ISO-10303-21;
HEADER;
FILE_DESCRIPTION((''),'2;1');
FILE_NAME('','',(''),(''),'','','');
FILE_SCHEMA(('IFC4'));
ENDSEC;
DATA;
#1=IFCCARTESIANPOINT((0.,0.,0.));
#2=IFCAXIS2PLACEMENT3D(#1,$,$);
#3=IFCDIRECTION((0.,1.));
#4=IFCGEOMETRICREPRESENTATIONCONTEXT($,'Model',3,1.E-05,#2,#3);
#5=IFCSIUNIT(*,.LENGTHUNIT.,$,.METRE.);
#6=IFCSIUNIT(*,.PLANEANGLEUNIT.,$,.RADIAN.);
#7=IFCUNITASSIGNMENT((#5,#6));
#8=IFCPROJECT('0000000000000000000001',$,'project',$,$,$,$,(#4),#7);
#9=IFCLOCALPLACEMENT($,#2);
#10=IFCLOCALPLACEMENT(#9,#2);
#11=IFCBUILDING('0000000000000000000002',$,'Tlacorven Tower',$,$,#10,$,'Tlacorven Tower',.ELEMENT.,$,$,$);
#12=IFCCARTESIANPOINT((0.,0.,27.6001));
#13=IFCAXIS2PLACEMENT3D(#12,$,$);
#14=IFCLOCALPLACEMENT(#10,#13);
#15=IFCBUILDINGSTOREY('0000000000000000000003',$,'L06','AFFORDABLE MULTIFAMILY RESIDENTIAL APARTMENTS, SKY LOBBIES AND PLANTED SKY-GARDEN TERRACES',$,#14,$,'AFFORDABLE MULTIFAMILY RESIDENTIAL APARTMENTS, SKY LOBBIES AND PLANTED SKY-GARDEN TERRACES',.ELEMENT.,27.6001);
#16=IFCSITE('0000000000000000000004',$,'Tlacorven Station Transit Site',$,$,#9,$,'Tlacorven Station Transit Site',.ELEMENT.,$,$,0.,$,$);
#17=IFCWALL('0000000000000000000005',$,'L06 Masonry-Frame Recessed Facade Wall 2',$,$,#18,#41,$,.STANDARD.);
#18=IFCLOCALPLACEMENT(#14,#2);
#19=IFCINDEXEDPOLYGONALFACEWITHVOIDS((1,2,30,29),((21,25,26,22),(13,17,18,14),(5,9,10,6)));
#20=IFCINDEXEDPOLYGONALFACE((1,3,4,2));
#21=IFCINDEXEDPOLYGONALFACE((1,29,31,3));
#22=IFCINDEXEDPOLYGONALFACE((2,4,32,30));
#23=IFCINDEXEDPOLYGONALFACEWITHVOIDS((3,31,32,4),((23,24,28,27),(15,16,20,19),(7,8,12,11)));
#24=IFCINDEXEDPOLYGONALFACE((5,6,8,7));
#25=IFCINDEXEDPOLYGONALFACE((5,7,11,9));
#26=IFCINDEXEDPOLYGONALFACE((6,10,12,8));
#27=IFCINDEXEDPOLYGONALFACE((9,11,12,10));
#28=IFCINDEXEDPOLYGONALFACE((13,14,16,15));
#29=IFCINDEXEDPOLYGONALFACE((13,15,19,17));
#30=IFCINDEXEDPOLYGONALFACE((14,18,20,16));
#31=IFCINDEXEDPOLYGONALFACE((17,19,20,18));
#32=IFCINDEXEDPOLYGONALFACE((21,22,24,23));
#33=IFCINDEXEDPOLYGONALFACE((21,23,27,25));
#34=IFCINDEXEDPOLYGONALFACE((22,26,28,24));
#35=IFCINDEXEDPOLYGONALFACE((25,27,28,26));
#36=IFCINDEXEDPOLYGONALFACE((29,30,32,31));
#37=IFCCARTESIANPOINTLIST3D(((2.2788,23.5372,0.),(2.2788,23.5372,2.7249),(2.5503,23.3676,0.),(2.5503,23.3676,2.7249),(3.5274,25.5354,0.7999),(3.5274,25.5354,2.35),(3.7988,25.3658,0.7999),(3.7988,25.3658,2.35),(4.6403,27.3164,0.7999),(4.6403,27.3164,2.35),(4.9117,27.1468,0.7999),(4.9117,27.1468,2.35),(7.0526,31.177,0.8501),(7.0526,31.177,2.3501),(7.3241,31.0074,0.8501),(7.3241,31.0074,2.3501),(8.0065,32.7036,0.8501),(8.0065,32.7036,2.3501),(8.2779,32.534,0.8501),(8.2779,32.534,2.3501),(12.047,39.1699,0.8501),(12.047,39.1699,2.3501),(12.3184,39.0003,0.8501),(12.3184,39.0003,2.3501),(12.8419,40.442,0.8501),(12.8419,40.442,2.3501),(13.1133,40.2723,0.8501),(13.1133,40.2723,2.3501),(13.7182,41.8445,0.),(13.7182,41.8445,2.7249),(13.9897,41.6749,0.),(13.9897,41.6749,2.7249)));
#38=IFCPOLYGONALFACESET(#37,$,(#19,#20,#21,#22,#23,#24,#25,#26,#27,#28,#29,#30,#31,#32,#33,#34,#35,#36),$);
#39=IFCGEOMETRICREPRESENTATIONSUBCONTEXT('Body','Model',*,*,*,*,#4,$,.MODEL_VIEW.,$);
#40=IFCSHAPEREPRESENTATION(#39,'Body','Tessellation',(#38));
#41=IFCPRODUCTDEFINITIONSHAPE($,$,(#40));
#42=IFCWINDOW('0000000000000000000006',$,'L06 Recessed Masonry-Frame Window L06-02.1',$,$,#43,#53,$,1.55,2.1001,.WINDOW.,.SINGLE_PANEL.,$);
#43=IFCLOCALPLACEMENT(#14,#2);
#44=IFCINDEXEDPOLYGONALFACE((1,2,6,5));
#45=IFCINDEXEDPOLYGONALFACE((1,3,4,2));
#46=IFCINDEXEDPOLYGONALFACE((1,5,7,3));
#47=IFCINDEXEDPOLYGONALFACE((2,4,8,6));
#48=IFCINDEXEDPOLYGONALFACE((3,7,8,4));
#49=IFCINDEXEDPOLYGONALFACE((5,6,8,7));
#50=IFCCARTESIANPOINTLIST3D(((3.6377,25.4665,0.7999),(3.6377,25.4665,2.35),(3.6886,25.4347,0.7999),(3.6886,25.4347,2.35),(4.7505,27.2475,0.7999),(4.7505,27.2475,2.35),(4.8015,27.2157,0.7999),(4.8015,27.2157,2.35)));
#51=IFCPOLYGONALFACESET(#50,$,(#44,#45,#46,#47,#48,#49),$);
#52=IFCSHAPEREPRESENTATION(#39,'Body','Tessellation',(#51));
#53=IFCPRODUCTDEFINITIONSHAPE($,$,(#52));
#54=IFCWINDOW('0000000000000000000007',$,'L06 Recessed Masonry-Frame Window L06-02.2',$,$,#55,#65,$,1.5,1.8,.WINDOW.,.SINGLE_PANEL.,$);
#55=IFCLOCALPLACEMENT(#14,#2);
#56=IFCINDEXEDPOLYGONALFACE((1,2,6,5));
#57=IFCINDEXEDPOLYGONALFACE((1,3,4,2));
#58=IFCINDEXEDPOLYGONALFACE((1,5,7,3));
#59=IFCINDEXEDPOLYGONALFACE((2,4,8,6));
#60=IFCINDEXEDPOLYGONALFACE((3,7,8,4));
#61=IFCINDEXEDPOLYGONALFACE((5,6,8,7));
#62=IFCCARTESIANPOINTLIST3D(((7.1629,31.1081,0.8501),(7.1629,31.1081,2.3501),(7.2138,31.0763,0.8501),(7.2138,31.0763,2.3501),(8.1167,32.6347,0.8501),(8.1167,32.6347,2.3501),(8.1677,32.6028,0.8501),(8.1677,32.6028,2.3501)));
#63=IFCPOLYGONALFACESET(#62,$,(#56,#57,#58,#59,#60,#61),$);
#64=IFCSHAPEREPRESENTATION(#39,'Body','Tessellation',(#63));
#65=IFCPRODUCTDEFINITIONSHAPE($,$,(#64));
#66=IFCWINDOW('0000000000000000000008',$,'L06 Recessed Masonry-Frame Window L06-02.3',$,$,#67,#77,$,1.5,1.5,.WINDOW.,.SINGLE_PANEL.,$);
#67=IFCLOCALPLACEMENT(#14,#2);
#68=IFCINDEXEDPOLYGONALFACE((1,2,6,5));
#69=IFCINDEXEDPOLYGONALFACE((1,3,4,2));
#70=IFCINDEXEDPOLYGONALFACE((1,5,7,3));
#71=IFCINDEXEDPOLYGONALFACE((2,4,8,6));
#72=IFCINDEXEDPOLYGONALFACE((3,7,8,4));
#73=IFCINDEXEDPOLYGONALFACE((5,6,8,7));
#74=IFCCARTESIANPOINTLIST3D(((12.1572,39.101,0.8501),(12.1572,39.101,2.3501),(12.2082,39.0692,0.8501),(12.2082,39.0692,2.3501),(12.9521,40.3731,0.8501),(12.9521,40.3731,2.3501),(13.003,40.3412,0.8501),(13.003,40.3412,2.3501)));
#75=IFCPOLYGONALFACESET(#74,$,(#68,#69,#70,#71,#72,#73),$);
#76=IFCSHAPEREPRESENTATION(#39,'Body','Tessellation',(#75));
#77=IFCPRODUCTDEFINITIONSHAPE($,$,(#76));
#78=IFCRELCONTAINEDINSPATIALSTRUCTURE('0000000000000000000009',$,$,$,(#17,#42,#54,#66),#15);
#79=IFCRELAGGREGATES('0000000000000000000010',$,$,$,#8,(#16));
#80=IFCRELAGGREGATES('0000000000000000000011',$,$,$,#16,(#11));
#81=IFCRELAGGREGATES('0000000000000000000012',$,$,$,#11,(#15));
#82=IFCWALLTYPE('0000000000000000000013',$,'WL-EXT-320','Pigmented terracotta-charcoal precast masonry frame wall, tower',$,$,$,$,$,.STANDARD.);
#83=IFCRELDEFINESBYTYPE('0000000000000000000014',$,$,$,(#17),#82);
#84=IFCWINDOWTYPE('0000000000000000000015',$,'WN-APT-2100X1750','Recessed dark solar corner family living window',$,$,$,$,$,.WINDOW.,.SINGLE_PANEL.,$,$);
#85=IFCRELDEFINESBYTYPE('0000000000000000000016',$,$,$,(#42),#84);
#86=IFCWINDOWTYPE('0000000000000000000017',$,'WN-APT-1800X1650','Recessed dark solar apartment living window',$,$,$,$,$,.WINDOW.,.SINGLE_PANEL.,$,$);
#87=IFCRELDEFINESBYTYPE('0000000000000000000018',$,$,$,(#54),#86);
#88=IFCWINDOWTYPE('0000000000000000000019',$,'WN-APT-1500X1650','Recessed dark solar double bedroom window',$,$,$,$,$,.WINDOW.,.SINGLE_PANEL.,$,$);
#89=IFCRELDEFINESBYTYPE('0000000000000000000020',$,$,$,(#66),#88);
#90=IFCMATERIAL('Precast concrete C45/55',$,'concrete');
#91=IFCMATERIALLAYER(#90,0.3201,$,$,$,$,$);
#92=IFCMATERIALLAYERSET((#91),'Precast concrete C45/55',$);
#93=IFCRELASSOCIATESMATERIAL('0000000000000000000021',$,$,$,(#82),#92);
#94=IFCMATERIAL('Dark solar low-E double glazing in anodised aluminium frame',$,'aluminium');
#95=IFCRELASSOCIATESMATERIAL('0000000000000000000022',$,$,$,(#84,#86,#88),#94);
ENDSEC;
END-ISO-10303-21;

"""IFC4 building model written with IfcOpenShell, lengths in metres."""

from ifc_helpers import new_model, si_unit, direction, frame, frame_2d, origin, place, context, subcontext, project, spatial, rectangle, extrude, source, transform, mapped, material, layer, layer_set, type_object, element, fill, save


model = new_model("IFC4")

# Units and contexts
model_context = context("Model", 3, precision=1e-05, world=origin(), true_north=direction((0.0, 1.0)))
body_context = subcontext(model_context, "Body", "Model", "MODEL_VIEW")
ifc_project = project(units=[si_unit("LENGTHUNIT", "METRE"), si_unit("PLANEANGLEUNIT", "RADIAN")], contexts=[model_context])

# Site, building, storey
site_placement = place(None, origin())
site = spatial("IfcSite", under=ifc_project, at=site_placement, Name="Tlacorven Station Transit Site", LongName="Tlacorven Station Transit Site", CompositionType="ELEMENT", RefElevation=0.0)
building_placement = place(site_placement, origin())
building = spatial("IfcBuilding", under=site, at=building_placement, Name="Tlacorven Tower", LongName="Tlacorven Tower", CompositionType="ELEMENT")
storey_placement = place(building_placement, frame((0.0, 0.0, 27.6001)))
storey = spatial("IfcBuildingStorey", under=building, at=storey_placement, Name="L06", Description="AFFORDABLE MULTIFAMILY RESIDENTIAL APARTMENTS, SKY LOBBIES AND PLANTED SKY-GARDEN TERRACES", LongName="AFFORDABLE MULTIFAMILY RESIDENTIAL APARTMENTS, SKY LOBBIES AND PLANTED SKY-GARDEN TERRACES", CompositionType="ELEMENT", Elevation=27.6001)

# Wall, openings, windows
ifc_material_1 = material(Name="Precast concrete C45/55", Category="concrete")
ifc_layer_1 = layer(ifc_material_1, 0.3201)
ifc_layer_set_1 = layer_set([ifc_layer_1], Name="Precast concrete C45/55")
wall_type_1 = type_object("IfcWallType", Name="WL-EXT-320", Description="Pigmented terracotta-charcoal precast masonry frame wall, tower", PredefinedType="STANDARD", material=ifc_layer_set_1)
wall_1_placement = place(storey_placement, frame((2.4146, 23.4524, 0.0), z_axis=(0.0, 0.0, 1.0), x_axis=(0.52991, 0.848054, 0.0)))
wall_1 = element("IfcWall", 1, at=wall_1_placement, inside=storey, type_object=wall_type_1, Name="L06 Masonry-Frame Recessed Facade Wall 2", PredefinedType="STANDARD", context=body_context, shape_type="SweptSolid", body=[
    extrude(rectangle(XDim=21.5874, YDim=0.3201, at=frame_2d((10.7937, 0.0))), origin(), (0.0, 0.0, 1.0), 2.7249),
])
opening_1_placement = place(wall_1_placement, frame((2.3562, 0.0, 0.8)))
opening_1 = element("IfcOpeningElement", 2, at=opening_1_placement, cuts=wall_1, PredefinedType="OPENING", context=body_context, shape_type="SweptSolid", body=[
    extrude(rectangle(XDim=2.1001, YDim=1.55, at=frame_2d((1.05, 0.7749))), frame((0.0, 0.1699, 0.0), z_axis=(0.0, -1.0, 0.0), x_axis=(1.0, 0.0, 0.0)), (0.0, 0.0, 1.0), 0.3401),
])
opening_2_placement = place(wall_1_placement, frame((9.0088, 0.0, 0.8501)))
opening_2 = element("IfcOpeningElement", 3, at=opening_2_placement, cuts=wall_1, PredefinedType="OPENING", context=body_context, shape_type="SweptSolid", body=[
    extrude(rectangle(XDim=1.8, YDim=1.5, at=frame_2d((0.8999, 0.75))), frame((0.0, 0.1699, 0.0), z_axis=(0.0, -1.0, 0.0), x_axis=(1.0, 0.0, 0.0)), (0.0, 0.0, 1.0), 0.3401),
])
opening_3_placement = place(wall_1_placement, frame((18.4336, 0.0, 0.8501)))
opening_3 = element("IfcOpeningElement", 4, at=opening_3_placement, cuts=wall_1, PredefinedType="OPENING", context=body_context, shape_type="SweptSolid", body=[
    extrude(rectangle(XDim=1.5, YDim=1.5, at=frame_2d((0.75, 0.75))), frame((0.0, 0.1699, 0.0), z_axis=(0.0, -1.0, 0.0), x_axis=(1.0, 0.0, 0.0)), (0.0, 0.0, 1.0), 0.3401),
])
ifc_material_2 = material(Name="Dark solar low-E double glazing in anodised aluminium frame", Category="aluminium")
window_type_1 = type_object("IfcWindowType", Name="WN-APT-2100X1750", Description="Recessed dark solar corner family living window", PartitioningType="SINGLE_PANEL", PredefinedType="WINDOW", material=ifc_material_2)
shared_shape_1 = source(origin(), body_context, "Body", "SweptSolid", [
    extrude(rectangle(XDim=2.1001, YDim=1.55, at=frame_2d((1.05, 0.7749))), frame((0.0, 0.03, 0.0), z_axis=(0.0, -1.0, 0.0), x_axis=(1.0, 0.0, 0.0)), (0.0, 0.0, 1.0), 0.0601),
])
window_1_placement = place(opening_1_placement, origin())
window_1 = element("IfcWindow", 5, at=window_1_placement, inside=storey, type_object=window_type_1, Name="L06 Recessed Masonry-Frame Window L06-02.1", OverallHeight=1.55, OverallWidth=2.1001, PartitioningType="SINGLE_PANEL", PredefinedType="WINDOW", context=body_context, shape_type="MappedRepresentation", body=[
    mapped(shared_shape_1, transform((0.0, 0.0, 0.0), scale=1.0)),
])
fill(opening_1, window_1)
window_type_2 = type_object("IfcWindowType", Name="WN-APT-1800X1650", Description="Recessed dark solar apartment living window", PartitioningType="SINGLE_PANEL", PredefinedType="WINDOW", material=ifc_material_2)
shared_shape_2 = source(origin(), body_context, "Body", "SweptSolid", [
    extrude(rectangle(XDim=1.8, YDim=1.5, at=frame_2d((0.8999, 0.75))), frame((0.0, 0.03, 0.0), z_axis=(0.0, -1.0, 0.0), x_axis=(1.0, 0.0, 0.0)), (0.0, 0.0, 1.0), 0.0601),
])
window_2_placement = place(opening_2_placement, origin())
window_2 = element("IfcWindow", 6, at=window_2_placement, inside=storey, type_object=window_type_2, Name="L06 Recessed Masonry-Frame Window L06-02.2", OverallHeight=1.5, OverallWidth=1.8, PartitioningType="SINGLE_PANEL", PredefinedType="WINDOW", context=body_context, shape_type="MappedRepresentation", body=[
    mapped(shared_shape_2, transform((0.0, 0.0, 0.0), scale=1.0)),
])
fill(opening_2, window_2)
window_type_3 = type_object("IfcWindowType", Name="WN-APT-1500X1650", Description="Recessed dark solar double bedroom window", PartitioningType="SINGLE_PANEL", PredefinedType="WINDOW", material=ifc_material_2)
shared_shape_3 = source(origin(), body_context, "Body", "SweptSolid", [
    extrude(rectangle(XDim=1.5, YDim=1.5, at=frame_2d((0.75, 0.75))), frame((0.0, 0.03, 0.0), z_axis=(0.0, -1.0, 0.0), x_axis=(1.0, 0.0, 0.0)), (0.0, 0.0, 1.0), 0.0601),
])
window_3_placement = place(opening_3_placement, origin())
window_3 = element("IfcWindow", 7, at=window_3_placement, inside=storey, type_object=window_type_3, Name="L06 Recessed Masonry-Frame Window L06-02.3", OverallHeight=1.5, OverallWidth=1.5, PartitioningType="SINGLE_PANEL", PredefinedType="WINDOW", context=body_context, shape_type="MappedRepresentation", body=[
    mapped(shared_shape_3, transform((0.0, 0.0, 0.0), scale=1.0)),
])
fill(opening_3, window_3)

save(model, "model.ifc")
